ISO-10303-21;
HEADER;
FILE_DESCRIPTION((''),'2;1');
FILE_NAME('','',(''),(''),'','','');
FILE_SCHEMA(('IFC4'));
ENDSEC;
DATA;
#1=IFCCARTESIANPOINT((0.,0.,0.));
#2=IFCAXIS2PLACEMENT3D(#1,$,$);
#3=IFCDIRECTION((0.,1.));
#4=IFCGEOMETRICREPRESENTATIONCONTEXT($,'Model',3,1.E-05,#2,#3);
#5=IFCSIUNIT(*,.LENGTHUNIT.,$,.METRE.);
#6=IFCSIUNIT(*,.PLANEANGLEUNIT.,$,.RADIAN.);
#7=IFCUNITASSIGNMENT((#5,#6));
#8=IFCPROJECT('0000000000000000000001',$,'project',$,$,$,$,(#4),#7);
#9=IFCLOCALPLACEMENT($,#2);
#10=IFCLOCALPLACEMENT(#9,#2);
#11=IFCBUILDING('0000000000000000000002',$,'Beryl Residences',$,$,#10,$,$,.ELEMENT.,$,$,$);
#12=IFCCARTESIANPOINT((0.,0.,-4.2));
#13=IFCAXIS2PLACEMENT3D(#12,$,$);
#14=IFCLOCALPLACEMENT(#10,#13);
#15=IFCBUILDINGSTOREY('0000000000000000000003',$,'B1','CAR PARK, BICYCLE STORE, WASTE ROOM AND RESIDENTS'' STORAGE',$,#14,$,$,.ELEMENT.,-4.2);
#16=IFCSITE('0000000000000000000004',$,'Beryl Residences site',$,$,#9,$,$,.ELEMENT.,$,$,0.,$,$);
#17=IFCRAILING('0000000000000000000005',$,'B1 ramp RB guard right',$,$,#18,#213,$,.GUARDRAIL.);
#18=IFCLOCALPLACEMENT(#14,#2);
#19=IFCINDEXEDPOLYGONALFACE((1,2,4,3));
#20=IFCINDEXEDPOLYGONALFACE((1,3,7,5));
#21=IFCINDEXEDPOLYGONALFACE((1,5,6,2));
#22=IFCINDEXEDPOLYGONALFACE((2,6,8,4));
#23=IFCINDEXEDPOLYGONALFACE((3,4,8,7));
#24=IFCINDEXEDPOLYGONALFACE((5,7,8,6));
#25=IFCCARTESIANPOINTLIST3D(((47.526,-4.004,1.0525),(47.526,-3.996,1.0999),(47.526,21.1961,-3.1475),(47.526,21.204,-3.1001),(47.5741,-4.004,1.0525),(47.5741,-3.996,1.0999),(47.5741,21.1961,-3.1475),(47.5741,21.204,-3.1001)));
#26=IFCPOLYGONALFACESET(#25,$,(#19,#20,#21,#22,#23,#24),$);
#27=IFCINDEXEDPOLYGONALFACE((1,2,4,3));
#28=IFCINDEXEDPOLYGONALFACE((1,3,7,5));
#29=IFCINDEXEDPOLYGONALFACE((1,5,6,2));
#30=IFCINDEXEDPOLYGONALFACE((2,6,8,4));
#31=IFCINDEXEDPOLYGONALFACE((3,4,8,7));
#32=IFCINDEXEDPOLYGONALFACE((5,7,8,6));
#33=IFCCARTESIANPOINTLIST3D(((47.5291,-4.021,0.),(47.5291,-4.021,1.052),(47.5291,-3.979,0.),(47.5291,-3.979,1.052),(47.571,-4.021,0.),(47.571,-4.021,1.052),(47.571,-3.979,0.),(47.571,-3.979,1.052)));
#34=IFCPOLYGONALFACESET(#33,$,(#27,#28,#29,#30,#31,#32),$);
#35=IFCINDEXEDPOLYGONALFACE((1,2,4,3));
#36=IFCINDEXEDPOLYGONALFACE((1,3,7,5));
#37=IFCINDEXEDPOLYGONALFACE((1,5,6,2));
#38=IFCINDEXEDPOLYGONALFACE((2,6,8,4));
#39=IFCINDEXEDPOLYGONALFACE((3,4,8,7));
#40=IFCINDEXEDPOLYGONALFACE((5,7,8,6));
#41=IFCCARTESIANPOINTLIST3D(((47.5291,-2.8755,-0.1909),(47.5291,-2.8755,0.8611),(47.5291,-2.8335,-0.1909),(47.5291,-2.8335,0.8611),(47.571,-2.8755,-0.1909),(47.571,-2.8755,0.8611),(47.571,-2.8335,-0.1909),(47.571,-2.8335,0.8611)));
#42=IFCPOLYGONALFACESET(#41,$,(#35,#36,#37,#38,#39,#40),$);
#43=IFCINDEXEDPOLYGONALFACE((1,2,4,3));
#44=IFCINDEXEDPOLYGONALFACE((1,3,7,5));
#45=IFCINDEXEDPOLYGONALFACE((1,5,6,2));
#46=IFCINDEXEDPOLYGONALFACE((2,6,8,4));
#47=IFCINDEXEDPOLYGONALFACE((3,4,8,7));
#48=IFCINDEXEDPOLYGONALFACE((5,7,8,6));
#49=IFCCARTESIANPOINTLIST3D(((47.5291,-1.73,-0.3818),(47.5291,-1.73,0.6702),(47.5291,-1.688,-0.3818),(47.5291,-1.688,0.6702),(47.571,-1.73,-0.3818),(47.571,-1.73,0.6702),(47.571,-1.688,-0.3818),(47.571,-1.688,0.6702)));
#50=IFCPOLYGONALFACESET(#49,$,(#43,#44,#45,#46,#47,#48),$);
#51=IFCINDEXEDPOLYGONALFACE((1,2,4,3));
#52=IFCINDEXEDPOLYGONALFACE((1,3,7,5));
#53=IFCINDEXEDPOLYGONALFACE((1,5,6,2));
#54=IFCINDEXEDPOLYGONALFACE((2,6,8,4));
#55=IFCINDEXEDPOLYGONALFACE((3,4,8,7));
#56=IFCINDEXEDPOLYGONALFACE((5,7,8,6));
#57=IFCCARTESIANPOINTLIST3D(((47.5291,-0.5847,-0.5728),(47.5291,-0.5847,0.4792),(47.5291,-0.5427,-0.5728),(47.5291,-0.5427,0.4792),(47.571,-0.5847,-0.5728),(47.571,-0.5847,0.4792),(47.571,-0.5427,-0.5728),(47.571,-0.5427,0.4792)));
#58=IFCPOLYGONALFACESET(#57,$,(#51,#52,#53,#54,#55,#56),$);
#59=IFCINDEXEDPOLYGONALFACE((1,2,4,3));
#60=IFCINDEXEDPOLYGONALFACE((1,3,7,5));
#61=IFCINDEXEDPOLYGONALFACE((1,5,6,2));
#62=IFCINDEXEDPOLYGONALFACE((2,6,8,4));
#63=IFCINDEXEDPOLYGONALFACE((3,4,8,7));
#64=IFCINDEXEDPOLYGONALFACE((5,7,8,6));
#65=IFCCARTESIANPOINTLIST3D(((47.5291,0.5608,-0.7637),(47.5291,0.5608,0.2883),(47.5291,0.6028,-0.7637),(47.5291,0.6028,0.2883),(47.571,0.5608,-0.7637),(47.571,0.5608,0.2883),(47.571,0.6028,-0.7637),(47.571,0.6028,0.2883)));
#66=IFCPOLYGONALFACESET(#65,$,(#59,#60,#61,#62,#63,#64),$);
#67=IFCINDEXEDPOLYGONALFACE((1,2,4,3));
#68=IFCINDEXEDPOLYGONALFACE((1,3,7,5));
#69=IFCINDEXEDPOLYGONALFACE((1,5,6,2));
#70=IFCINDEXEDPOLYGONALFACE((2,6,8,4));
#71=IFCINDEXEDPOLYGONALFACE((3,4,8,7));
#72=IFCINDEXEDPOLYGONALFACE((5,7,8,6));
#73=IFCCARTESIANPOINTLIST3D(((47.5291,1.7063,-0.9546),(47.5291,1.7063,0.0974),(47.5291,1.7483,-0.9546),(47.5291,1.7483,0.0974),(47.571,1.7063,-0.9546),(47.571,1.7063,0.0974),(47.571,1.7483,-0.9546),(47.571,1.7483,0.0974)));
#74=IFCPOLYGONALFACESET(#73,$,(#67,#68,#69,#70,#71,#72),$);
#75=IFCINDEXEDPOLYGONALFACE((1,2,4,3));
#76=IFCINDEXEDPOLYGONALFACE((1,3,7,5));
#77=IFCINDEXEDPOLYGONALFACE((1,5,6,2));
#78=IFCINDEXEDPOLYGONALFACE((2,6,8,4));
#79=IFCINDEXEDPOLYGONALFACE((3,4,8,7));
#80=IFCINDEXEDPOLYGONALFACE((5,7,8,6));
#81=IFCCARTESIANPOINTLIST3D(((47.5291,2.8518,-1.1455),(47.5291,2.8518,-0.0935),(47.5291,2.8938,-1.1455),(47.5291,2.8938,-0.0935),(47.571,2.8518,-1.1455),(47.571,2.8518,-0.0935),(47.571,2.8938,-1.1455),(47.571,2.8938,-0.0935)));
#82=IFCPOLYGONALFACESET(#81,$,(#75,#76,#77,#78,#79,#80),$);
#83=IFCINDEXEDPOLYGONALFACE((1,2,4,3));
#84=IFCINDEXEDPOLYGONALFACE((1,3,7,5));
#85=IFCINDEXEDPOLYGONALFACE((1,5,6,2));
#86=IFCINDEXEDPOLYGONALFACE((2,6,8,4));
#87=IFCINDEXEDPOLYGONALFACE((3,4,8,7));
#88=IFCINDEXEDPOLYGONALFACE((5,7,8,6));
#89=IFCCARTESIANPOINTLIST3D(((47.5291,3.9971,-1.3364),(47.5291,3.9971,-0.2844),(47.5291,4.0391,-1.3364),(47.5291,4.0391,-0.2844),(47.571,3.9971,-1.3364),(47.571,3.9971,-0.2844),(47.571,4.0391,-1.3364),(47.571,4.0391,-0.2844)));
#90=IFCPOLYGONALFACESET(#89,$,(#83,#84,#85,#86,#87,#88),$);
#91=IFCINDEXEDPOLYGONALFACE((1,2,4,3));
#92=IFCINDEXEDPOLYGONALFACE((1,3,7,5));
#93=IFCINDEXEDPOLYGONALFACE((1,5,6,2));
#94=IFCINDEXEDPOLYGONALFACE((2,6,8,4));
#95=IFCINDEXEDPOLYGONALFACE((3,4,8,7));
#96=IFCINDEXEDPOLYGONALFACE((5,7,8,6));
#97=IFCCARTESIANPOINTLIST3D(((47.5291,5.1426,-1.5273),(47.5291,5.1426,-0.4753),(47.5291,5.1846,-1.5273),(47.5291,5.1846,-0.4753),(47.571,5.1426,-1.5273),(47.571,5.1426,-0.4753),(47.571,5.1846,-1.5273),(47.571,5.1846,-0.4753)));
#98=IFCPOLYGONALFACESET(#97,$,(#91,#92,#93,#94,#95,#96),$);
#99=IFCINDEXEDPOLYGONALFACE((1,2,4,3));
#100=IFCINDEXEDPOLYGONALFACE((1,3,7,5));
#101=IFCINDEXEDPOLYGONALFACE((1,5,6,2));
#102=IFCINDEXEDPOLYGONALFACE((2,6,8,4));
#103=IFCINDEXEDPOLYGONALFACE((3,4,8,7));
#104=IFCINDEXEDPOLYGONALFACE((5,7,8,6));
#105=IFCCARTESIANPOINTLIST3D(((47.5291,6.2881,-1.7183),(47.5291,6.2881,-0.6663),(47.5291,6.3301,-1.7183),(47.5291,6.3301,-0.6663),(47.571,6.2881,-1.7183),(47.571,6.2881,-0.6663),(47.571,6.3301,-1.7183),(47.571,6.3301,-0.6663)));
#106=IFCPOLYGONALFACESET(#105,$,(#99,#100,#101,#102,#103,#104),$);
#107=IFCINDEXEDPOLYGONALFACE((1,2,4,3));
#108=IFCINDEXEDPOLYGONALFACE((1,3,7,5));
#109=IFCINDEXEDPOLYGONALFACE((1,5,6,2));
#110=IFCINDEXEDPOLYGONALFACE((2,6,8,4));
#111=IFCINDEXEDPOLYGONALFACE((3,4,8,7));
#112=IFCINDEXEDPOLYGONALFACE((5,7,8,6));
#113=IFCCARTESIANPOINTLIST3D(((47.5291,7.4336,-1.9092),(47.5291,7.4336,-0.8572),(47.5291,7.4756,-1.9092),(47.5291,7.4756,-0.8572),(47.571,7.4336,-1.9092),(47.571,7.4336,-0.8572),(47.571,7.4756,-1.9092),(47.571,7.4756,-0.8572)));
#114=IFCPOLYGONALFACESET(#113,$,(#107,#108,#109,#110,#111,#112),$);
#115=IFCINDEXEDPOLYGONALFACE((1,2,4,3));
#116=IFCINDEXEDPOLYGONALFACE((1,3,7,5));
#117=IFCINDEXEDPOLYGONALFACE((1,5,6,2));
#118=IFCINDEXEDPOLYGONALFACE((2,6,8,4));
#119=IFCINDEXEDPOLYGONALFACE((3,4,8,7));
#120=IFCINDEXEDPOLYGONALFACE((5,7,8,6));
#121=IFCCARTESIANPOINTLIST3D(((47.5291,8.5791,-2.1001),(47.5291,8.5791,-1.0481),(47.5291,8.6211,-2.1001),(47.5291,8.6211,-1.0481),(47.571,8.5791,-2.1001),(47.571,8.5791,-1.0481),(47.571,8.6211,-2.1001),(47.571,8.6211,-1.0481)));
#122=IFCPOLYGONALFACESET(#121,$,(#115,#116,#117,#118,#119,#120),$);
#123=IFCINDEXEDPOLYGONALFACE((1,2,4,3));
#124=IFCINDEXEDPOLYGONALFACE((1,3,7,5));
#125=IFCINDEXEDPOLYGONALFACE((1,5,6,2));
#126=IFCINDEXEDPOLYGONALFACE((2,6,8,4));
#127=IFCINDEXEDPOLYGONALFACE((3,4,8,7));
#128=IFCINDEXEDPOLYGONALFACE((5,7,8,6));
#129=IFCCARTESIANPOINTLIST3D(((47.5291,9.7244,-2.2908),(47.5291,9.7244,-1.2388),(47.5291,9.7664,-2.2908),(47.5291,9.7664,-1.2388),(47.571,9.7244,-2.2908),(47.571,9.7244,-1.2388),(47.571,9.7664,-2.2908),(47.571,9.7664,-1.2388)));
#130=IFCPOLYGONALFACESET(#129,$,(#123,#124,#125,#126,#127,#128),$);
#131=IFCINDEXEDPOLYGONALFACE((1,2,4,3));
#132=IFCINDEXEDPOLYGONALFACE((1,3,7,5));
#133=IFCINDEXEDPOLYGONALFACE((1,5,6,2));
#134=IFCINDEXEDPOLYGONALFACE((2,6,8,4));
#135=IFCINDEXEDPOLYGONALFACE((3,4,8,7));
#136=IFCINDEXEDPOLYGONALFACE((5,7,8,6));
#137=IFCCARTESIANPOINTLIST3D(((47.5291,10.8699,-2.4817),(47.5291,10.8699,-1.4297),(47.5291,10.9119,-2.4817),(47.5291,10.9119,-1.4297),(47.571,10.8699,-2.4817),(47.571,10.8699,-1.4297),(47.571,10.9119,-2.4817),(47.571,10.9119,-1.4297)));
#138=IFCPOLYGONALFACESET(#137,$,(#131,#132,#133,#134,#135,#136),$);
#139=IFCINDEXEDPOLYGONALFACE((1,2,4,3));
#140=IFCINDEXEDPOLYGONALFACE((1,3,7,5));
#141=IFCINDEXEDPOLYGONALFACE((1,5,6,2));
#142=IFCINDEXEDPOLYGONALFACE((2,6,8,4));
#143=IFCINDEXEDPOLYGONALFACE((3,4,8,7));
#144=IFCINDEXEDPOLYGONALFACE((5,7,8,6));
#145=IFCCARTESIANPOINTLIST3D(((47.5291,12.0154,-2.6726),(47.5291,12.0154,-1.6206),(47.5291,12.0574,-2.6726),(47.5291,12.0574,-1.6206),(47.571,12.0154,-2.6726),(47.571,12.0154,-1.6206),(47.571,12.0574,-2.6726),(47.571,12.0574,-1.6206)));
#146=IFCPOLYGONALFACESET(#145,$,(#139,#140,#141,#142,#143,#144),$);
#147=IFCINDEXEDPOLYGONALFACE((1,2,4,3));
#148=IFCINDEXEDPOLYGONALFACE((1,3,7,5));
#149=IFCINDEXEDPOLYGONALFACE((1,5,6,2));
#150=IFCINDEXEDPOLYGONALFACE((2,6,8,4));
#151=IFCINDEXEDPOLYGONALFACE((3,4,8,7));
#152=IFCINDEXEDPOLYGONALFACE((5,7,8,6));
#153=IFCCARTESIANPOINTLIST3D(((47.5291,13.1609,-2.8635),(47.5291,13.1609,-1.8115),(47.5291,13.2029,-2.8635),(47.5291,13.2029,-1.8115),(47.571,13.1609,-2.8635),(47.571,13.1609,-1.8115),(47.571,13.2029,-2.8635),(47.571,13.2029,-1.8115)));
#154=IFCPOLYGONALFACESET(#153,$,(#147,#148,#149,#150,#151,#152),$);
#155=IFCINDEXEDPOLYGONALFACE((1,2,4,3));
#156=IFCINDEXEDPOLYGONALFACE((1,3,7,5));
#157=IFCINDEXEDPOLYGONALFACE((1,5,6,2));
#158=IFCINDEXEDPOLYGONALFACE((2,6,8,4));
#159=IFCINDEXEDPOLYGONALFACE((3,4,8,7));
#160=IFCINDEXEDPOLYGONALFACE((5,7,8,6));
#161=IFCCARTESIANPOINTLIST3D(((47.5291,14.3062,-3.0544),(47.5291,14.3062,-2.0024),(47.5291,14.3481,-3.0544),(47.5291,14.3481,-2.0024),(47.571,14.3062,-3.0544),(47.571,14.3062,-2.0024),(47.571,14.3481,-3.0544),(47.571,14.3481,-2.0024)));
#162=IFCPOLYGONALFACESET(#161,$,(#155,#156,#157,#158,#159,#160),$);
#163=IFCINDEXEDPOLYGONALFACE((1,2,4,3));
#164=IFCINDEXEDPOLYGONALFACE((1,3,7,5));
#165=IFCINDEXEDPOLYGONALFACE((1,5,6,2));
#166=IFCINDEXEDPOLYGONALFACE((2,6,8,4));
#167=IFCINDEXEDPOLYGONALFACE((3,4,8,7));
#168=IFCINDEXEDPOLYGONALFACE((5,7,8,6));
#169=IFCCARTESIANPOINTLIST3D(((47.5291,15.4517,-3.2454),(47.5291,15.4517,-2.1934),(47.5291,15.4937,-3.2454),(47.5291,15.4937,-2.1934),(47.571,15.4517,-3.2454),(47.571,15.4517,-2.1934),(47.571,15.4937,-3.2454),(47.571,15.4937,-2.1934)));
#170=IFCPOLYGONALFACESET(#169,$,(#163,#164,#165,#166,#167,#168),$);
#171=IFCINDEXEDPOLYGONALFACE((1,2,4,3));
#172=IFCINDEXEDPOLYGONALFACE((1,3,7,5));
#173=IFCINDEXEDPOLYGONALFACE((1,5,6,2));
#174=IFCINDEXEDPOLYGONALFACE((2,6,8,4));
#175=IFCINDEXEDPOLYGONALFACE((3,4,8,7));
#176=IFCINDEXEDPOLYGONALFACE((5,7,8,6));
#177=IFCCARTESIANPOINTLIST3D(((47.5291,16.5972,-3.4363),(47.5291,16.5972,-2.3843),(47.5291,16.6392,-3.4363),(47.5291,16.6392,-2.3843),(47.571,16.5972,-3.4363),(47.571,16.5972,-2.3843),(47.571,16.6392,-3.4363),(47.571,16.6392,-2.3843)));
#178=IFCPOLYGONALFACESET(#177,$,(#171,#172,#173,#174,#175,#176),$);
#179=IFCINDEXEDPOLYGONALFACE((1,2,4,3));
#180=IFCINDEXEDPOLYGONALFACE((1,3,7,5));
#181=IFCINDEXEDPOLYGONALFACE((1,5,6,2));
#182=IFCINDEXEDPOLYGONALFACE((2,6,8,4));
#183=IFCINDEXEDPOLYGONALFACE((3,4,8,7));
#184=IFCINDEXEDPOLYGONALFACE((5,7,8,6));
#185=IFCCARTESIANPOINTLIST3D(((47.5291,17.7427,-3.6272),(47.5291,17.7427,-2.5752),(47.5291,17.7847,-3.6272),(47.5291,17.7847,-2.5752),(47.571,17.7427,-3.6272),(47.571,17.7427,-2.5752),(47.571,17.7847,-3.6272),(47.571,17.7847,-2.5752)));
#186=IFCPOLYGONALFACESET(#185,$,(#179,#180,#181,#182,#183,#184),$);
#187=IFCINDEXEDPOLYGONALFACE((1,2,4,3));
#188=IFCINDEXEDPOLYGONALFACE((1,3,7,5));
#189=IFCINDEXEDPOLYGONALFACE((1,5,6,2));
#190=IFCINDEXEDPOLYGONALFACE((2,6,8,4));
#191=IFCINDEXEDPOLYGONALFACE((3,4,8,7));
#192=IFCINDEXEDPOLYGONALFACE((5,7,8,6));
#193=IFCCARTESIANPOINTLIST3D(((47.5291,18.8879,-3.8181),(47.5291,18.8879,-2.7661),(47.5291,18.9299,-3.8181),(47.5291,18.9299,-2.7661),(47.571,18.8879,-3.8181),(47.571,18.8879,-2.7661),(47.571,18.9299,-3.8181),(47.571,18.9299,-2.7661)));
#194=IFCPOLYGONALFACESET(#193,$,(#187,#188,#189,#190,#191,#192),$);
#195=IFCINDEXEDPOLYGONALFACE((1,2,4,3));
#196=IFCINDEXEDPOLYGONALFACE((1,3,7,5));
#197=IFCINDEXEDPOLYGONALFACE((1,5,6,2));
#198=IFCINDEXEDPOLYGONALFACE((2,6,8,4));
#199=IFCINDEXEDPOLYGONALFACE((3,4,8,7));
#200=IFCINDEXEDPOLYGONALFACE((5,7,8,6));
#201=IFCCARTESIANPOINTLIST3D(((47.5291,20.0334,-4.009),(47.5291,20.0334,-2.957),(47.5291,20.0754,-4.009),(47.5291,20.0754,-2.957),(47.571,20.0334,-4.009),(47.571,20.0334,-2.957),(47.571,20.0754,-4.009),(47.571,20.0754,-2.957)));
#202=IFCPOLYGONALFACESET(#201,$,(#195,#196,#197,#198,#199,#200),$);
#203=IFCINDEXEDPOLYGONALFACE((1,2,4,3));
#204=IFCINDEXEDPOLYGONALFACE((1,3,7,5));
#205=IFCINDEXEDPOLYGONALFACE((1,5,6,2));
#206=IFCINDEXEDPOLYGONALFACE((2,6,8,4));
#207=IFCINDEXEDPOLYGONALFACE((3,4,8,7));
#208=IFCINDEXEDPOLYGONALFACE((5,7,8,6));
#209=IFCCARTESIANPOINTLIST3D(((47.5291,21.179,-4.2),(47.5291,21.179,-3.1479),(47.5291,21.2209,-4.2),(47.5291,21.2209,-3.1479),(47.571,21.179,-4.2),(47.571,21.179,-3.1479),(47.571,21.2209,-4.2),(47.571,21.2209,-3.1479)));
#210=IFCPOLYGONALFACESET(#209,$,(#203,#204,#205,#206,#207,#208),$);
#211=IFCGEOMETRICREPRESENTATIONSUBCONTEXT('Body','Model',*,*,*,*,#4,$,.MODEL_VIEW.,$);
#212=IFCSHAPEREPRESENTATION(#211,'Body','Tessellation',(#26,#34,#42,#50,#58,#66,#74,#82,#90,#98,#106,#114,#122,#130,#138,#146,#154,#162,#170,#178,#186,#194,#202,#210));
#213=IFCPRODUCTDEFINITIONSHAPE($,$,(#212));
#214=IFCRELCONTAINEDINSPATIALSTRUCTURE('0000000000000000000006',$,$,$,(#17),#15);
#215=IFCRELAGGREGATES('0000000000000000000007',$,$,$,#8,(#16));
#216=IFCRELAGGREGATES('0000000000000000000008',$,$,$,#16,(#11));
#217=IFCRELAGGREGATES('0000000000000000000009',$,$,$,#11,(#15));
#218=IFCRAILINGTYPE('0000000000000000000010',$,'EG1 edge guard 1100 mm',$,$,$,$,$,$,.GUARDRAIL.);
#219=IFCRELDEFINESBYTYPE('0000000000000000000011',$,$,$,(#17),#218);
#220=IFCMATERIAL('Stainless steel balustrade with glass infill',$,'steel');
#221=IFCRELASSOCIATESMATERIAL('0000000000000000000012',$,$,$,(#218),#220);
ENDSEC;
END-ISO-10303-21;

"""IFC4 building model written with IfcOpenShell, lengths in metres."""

from ifc_helpers import new_model, si_unit, direction, frame, origin, origin_2d, place, context, subcontext, project, spatial, rectangle, extrude, material, type_object, element, save


model = new_model("IFC4")

# Units and contexts
model_context = context("Model", 3, precision=1e-05, world=origin(), true_north=direction((0.0, 1.0)))
body_context = subcontext(model_context, "Body", "Model", "MODEL_VIEW")
ifc_project = project(units=[si_unit("LENGTHUNIT", "METRE"), si_unit("PLANEANGLEUNIT", "RADIAN")], contexts=[model_context])

# Site, building, storey
site_placement = place(None, origin())
site = spatial("IfcSite", under=ifc_project, at=site_placement, Name="Beryl Residences site", CompositionType="ELEMENT", RefElevation=0.0)
building_placement = place(site_placement, origin())
building = spatial("IfcBuilding", under=site, at=building_placement, Name="Beryl Residences", CompositionType="ELEMENT")
storey_placement = place(building_placement, frame((0.0, 0.0, -4.2)))
storey = spatial("IfcBuildingStorey", under=building, at=storey_placement, Name="B1", Description="CAR PARK, BICYCLE STORE, WASTE ROOM AND RESIDENTS' STORAGE", CompositionType="ELEMENT", Elevation=-4.2)

# Railing
ifc_material_1 = material(Name="Stainless steel balustrade with glass infill", Category="steel")
railing_type_1 = type_object("IfcRailingType", Name="EG1 edge guard 1100 mm", PredefinedType="GUARDRAIL", material=ifc_material_1)
railing_1_placement = place(storey_placement, frame((47.55, -4.0, 0.0)))
element("IfcRailing", 1, at=railing_1_placement, inside=storey, type_object=railing_type_1, Name="B1 ramp RB guard right", PredefinedType="GUARDRAIL", context=body_context, shape_type="SweptSolid", body=[
    extrude(rectangle(XDim=0.0481, YDim=0.0481, at=origin_2d()), frame((0.0, 0.0, 1.0762), z_axis=(0.0, 0.986394, -0.164397), x_axis=(-1.0, 0.0, 0.0)), (0.0, 0.0, 1.0), 25.5476),
    extrude(rectangle(XDim=0.042, YDim=0.042, at=origin_2d()), origin(), (0.0, 0.0, 1.0), 1.052),
    extrude(rectangle(XDim=0.042, YDim=0.042, at=origin_2d()), frame((0.0, 1.1455, -0.1909)), (0.0, 0.0, 1.0), 1.052),
    extrude(rectangle(XDim=0.042, YDim=0.042, at=origin_2d()), frame((0.0, 2.291, -0.3818)), (0.0, 0.0, 1.0), 1.052),
    extrude(rectangle(XDim=0.042, YDim=0.042, at=origin_2d()), frame((0.0, 3.4363, -0.5728)), (0.0, 0.0, 1.0), 1.052),
    extrude(rectangle(XDim=0.042, YDim=0.042, at=origin_2d()), frame((0.0, 4.5818, -0.7637)), (0.0, 0.0, 1.0), 1.052),
    extrude(rectangle(XDim=0.042, YDim=0.042, at=origin_2d()), frame((0.0, 5.7273, -0.9546)), (0.0, 0.0, 1.0), 1.052),
    extrude(rectangle(XDim=0.042, YDim=0.042, at=origin_2d()), frame((0.0, 6.8728, -1.1455)), (0.0, 0.0, 1.0), 1.052),
    extrude(rectangle(XDim=0.042, YDim=0.042, at=origin_2d()), frame((0.0, 8.0181, -1.3364)), (0.0, 0.0, 1.0), 1.052),
    extrude(rectangle(XDim=0.042, YDim=0.042, at=origin_2d()), frame((0.0, 9.1636, -1.5273)), (0.0, 0.0, 1.0), 1.052),
    extrude(rectangle(XDim=0.042, YDim=0.042, at=origin_2d()), frame((0.0, 10.3091, -1.7183)), (0.0, 0.0, 1.0), 1.052),
    extrude(rectangle(XDim=0.042, YDim=0.042, at=origin_2d()), frame((0.0, 11.4546, -1.9092)), (0.0, 0.0, 1.0), 1.052),
    extrude(rectangle(XDim=0.042, YDim=0.042, at=origin_2d()), frame((0.0, 12.6001, -2.1001)), (0.0, 0.0, 1.0), 1.052),
    extrude(rectangle(XDim=0.042, YDim=0.042, at=origin_2d()), frame((0.0, 13.7454, -2.2908)), (0.0, 0.0, 1.0), 1.052),
    extrude(rectangle(XDim=0.042, YDim=0.042, at=origin_2d()), frame((0.0, 14.8909, -2.4817)), (0.0, 0.0, 1.0), 1.052),
    extrude(rectangle(XDim=0.042, YDim=0.042, at=origin_2d()), frame((0.0, 16.0364, -2.6726)), (0.0, 0.0, 1.0), 1.052),
    extrude(rectangle(XDim=0.042, YDim=0.042, at=origin_2d()), frame((0.0, 17.1819, -2.8635)), (0.0, 0.0, 1.0), 1.052),
    extrude(rectangle(XDim=0.042, YDim=0.042, at=origin_2d()), frame((0.0, 18.3271, -3.0544)), (0.0, 0.0, 1.0), 1.052),
    extrude(rectangle(XDim=0.042, YDim=0.042, at=origin_2d()), frame((0.0, 19.4727, -3.2454)), (0.0, 0.0, 1.0), 1.052),
    extrude(rectangle(XDim=0.042, YDim=0.042, at=origin_2d()), frame((0.0, 20.6182, -3.4363)), (0.0, 0.0, 1.0), 1.052),
    extrude(rectangle(XDim=0.042, YDim=0.042, at=origin_2d()), frame((0.0, 21.7637, -3.6272)), (0.0, 0.0, 1.0), 1.052),
    extrude(rectangle(XDim=0.042, YDim=0.042, at=origin_2d()), frame((0.0, 22.9089, -3.8181)), (0.0, 0.0, 1.0), 1.052),
    extrude(rectangle(XDim=0.042, YDim=0.042, at=origin_2d()), frame((0.0, 24.0544, -4.009)), (0.0, 0.0, 1.0), 1.052),
    extrude(rectangle(XDim=0.042, YDim=0.042, at=origin_2d()), frame((0.0, 25.2, -4.2)), (0.0, 0.0, 1.0), 1.052),
])

save(model, "model.ifc")
